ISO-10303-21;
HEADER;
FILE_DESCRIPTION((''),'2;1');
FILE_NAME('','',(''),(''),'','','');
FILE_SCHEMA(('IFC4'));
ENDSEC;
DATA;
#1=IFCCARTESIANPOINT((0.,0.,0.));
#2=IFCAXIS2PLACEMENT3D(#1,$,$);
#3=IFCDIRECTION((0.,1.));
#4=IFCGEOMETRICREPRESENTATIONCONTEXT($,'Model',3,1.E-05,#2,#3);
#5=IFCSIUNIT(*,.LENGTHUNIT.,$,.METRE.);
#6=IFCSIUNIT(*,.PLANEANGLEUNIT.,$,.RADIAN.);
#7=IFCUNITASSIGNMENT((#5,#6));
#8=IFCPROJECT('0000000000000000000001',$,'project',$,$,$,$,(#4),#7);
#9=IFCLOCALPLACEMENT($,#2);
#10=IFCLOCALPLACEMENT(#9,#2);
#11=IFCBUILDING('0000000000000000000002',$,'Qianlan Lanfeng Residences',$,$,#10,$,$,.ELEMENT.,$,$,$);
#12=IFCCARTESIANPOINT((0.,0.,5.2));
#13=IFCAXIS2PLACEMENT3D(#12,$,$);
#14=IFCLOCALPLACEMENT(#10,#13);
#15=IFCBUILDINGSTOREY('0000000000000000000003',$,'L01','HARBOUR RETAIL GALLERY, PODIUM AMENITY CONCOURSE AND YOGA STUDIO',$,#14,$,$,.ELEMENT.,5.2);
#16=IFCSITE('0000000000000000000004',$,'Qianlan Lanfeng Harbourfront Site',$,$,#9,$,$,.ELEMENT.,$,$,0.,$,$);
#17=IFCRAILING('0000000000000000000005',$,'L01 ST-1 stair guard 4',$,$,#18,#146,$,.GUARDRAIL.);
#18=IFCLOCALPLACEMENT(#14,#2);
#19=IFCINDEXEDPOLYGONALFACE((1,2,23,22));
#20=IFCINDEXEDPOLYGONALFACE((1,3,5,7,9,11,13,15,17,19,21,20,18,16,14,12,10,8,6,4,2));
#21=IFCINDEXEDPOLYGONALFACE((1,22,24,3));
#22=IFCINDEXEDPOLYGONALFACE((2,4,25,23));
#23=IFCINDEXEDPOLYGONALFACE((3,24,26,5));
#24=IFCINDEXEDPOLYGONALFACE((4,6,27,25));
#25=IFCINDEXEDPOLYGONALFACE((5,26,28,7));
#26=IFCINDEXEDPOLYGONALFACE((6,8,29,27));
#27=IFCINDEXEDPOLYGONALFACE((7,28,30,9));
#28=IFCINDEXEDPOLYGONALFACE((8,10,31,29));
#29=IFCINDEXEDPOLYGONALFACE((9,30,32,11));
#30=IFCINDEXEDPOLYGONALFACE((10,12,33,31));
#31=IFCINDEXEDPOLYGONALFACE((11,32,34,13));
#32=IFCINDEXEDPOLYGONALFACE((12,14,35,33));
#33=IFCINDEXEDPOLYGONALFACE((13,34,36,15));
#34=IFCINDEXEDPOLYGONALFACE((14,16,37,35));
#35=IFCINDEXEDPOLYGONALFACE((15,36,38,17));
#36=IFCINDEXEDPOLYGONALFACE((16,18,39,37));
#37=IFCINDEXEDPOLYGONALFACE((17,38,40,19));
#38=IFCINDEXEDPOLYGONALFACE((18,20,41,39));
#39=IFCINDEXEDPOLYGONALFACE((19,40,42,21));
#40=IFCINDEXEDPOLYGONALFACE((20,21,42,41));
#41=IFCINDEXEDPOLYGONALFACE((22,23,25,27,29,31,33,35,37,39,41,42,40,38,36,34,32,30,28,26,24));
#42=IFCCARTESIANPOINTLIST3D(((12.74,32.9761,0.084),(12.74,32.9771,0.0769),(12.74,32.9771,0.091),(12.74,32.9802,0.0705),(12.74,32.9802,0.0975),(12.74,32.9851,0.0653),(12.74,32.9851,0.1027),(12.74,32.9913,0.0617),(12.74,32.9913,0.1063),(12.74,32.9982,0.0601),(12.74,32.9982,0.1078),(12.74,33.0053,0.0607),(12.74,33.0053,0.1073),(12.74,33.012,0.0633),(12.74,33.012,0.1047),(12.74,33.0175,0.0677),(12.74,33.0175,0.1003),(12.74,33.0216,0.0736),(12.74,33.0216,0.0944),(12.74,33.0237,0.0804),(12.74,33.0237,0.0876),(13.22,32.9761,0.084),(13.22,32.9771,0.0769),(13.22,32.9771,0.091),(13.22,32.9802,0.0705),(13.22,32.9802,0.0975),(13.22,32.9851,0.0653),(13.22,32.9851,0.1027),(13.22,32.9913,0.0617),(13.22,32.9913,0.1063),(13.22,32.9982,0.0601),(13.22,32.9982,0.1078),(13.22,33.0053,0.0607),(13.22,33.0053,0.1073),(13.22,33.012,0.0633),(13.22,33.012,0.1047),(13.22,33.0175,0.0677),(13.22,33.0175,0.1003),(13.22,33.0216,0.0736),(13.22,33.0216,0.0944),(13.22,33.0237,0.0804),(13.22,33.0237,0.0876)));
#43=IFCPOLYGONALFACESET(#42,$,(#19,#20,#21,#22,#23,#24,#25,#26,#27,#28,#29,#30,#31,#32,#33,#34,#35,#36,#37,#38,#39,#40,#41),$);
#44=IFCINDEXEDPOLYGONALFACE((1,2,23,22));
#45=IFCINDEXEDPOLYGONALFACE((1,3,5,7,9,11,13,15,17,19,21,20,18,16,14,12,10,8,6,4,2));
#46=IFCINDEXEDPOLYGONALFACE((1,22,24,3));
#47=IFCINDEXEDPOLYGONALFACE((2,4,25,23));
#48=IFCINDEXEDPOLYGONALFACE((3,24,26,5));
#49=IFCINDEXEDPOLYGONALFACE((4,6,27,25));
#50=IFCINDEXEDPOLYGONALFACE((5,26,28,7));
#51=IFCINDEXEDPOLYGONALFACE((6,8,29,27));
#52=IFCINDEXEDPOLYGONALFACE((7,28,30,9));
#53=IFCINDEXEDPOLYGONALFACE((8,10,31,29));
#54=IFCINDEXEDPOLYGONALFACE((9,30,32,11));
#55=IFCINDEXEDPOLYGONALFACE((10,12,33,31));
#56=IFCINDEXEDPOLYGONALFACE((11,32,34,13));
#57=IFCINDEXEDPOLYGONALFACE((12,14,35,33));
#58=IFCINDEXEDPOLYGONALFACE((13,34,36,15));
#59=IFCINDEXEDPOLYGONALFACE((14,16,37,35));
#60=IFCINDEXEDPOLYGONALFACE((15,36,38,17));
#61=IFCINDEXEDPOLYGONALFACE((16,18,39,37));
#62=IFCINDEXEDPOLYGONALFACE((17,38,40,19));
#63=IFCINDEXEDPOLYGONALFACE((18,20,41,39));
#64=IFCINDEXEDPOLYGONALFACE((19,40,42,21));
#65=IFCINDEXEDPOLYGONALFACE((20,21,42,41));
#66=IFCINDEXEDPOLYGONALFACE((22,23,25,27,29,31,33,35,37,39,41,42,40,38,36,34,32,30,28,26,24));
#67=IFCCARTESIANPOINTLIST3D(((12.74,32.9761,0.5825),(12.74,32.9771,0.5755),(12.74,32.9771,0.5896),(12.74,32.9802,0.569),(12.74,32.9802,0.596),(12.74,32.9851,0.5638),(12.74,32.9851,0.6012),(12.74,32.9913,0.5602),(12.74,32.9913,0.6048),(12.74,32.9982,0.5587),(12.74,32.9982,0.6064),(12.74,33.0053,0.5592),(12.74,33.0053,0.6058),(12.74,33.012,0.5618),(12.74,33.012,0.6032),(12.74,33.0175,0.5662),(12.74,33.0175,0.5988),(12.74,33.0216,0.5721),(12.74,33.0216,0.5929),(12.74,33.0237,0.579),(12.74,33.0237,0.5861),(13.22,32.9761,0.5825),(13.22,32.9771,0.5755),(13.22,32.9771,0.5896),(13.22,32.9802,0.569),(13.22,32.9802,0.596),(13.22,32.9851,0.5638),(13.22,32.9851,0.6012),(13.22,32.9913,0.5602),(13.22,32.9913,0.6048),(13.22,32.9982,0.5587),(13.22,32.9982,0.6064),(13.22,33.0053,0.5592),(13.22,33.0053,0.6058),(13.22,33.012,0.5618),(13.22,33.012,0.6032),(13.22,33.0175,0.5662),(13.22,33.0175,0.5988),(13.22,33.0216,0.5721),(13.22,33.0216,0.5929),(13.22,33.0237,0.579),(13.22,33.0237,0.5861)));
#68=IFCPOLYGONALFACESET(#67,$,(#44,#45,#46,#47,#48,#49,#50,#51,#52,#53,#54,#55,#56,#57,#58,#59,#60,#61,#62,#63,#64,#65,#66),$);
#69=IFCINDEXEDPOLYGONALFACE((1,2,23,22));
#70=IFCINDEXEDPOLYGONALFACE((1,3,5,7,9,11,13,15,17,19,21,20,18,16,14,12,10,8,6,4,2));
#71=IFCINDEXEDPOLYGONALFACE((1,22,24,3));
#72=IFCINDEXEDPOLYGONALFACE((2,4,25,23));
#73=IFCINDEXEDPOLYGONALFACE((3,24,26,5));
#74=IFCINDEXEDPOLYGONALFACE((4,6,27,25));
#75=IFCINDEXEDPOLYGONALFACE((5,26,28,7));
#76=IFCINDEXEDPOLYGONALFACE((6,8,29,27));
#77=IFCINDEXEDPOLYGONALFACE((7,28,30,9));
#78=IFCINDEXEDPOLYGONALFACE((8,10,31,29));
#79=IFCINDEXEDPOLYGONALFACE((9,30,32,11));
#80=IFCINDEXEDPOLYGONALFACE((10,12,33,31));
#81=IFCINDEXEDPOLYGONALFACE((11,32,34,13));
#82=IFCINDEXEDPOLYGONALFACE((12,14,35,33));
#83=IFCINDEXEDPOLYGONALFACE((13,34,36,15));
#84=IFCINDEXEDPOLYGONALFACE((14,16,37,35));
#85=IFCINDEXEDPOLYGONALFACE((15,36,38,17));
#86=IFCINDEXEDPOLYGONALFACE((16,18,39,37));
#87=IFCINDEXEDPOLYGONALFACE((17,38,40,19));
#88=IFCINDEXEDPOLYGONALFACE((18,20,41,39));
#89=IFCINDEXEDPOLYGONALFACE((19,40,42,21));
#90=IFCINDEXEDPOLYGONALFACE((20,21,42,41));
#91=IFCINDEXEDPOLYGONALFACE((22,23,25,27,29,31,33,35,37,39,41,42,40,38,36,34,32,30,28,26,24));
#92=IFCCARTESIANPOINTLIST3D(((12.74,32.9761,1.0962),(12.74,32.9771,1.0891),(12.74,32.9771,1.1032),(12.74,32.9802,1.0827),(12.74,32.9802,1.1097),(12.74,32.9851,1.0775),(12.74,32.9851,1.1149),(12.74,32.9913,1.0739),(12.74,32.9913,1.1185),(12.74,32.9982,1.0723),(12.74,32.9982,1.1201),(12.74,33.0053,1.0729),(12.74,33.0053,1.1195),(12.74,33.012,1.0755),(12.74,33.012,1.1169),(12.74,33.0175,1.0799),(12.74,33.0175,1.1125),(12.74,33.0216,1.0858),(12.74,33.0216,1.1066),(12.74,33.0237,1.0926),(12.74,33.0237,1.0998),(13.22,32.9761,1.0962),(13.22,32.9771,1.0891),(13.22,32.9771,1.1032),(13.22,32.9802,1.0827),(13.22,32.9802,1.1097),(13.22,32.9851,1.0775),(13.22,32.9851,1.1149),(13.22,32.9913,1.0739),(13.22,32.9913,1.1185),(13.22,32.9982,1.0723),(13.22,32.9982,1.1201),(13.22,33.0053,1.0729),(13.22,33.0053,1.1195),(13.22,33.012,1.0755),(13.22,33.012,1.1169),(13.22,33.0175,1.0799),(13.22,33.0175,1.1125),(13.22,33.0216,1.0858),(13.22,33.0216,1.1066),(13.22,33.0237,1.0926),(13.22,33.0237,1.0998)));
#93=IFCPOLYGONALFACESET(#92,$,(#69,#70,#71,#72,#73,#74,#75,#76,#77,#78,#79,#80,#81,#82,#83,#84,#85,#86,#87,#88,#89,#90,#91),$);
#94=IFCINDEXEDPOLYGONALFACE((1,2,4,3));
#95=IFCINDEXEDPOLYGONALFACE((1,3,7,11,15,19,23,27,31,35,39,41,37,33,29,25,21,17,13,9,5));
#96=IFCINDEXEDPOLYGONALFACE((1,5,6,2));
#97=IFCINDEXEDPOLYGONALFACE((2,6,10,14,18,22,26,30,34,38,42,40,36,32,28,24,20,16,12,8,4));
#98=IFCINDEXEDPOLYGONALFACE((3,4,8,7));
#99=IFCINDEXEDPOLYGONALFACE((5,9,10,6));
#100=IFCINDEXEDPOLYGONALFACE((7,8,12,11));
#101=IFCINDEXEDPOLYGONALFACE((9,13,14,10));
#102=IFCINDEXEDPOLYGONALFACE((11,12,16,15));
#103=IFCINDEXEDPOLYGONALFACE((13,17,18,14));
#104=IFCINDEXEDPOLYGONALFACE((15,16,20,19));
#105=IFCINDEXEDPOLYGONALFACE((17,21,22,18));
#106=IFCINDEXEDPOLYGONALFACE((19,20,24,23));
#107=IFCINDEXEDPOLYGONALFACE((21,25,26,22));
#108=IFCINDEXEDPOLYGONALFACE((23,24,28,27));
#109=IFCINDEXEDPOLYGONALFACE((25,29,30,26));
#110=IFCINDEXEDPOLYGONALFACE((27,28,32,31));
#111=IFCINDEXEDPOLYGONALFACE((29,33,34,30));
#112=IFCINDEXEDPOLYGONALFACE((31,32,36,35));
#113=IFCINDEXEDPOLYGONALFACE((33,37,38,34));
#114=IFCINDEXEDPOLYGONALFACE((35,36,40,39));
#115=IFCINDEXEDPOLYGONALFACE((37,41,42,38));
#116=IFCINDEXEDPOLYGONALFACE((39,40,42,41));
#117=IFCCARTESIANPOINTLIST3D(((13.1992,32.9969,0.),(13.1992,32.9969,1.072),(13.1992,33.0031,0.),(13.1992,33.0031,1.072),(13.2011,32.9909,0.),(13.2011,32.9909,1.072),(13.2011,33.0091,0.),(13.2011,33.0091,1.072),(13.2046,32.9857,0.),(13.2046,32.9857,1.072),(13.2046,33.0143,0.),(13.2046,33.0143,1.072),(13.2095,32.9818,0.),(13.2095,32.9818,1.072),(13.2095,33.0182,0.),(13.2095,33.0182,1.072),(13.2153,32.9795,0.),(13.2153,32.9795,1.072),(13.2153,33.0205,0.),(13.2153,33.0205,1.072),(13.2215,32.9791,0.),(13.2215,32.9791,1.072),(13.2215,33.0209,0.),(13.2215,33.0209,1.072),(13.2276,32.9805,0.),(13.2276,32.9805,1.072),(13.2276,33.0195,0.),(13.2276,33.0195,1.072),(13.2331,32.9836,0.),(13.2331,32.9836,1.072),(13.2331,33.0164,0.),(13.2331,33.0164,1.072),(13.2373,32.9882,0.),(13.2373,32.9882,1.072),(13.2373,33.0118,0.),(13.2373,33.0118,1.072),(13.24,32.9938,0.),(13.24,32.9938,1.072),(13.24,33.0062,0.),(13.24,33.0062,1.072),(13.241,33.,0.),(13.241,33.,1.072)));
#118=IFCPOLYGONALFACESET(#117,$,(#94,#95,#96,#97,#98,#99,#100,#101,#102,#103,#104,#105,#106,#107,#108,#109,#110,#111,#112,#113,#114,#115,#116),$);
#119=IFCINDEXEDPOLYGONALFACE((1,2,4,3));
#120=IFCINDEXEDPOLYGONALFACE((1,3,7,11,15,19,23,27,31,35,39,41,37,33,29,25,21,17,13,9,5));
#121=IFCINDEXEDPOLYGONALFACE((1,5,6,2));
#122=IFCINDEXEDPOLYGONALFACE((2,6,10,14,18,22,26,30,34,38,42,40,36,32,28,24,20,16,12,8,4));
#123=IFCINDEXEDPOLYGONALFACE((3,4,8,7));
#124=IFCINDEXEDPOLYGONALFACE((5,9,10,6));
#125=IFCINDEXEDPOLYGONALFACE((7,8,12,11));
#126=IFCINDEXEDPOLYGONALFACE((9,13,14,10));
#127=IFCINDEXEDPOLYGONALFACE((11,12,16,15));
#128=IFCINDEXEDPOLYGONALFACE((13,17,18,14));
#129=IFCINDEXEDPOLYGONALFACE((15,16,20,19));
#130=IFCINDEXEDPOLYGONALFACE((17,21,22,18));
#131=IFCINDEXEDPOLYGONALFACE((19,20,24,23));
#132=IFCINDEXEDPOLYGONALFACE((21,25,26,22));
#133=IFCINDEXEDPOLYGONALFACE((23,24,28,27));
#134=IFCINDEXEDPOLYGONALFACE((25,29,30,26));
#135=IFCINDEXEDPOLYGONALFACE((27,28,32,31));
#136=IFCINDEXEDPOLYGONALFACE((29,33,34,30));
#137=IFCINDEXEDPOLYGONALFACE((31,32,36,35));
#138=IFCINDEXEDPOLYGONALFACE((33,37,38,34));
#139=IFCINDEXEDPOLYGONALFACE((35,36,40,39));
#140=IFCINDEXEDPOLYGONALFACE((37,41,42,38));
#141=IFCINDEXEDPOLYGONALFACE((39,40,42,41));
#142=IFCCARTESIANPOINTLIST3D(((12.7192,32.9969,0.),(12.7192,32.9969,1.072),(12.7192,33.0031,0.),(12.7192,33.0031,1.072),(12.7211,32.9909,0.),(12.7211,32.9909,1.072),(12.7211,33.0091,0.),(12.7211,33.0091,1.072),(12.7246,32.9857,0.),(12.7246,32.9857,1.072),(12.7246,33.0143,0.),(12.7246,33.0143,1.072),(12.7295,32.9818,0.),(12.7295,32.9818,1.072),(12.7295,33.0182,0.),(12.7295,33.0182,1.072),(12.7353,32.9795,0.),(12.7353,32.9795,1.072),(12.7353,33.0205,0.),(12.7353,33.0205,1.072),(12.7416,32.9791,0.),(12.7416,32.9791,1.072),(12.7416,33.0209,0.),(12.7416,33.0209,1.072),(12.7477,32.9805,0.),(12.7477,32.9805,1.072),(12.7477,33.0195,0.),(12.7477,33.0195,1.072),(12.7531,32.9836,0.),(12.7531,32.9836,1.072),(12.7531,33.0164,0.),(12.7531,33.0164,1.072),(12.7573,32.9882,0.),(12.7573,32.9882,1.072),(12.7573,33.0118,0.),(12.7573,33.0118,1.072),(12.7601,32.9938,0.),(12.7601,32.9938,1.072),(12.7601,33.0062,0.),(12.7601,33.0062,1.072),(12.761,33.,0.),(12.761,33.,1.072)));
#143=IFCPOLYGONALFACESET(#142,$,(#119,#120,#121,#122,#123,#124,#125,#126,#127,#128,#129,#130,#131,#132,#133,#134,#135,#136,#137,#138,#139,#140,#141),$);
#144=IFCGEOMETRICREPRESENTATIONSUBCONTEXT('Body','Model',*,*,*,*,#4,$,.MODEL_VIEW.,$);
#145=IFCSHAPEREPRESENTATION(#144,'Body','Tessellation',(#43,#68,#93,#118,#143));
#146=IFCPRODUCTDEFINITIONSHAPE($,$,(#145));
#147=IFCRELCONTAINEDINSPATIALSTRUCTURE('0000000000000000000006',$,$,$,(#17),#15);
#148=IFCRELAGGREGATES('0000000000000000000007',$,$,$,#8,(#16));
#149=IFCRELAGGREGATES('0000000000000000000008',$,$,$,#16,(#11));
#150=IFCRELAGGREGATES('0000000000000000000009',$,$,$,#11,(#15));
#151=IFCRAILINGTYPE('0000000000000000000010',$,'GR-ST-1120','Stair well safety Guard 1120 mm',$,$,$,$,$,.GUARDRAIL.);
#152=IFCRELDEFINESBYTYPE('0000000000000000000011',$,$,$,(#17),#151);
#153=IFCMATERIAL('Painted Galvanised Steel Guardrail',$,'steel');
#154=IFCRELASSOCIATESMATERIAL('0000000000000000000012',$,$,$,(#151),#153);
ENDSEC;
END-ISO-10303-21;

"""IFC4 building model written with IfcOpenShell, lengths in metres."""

from ifc_helpers import new_model, si_unit, direction, frame, origin, origin_2d, place, context, subcontext, project, spatial, circle, extrude, material, type_object, element, save


model = new_model("IFC4")

# Units and contexts
model_context = context("Model", 3, precision=1e-05, world=origin(), true_north=direction((0.0, 1.0)))
body_context = subcontext(model_context, "Body", "Model", "MODEL_VIEW")
ifc_project = project(units=[si_unit("LENGTHUNIT", "METRE"), si_unit("PLANEANGLEUNIT", "RADIAN")], contexts=[model_context])

# Site, building, storey
site_placement = place(None, origin())
site = spatial("IfcSite", under=ifc_project, at=site_placement, Name="Qianlan Lanfeng Harbourfront Site", CompositionType="ELEMENT", RefElevation=0.0)
building_placement = place(site_placement, origin())
building = spatial("IfcBuilding", under=site, at=building_placement, Name="Qianlan Lanfeng Residences", CompositionType="ELEMENT")
storey_placement = place(building_placement, frame((0.0, 0.0, 5.2)))
storey = spatial("IfcBuildingStorey", under=building, at=storey_placement, Name="L01", Description="HARBOUR RETAIL GALLERY, PODIUM AMENITY CONCOURSE AND YOGA STUDIO", CompositionType="ELEMENT", Elevation=5.2)

# Railing
ifc_material_1 = material(Name="Painted Galvanised Steel Guardrail", Category="steel")
railing_type_1 = type_object("IfcRailingType", Name="GR-ST-1120", Description="Stair well safety Guard 1120 mm", PredefinedType="GUARDRAIL", material=ifc_material_1)
railing_1_placement = place(storey_placement, frame((13.22, 33.0, 0.0)))
element("IfcRailing", 1, at=railing_1_placement, inside=storey, type_object=railing_type_1, Name="L01 ST-1 stair guard 4", PredefinedType="GUARDRAIL", context=body_context, shape_type="SweptSolid", body=[
    extrude(circle(Radius=0.0239, at=origin_2d()), frame((0.0, 0.0, 0.084), z_axis=(-1.0, 0.0, 0.0), x_axis=(0.0, -1.0, 0.0)), (0.0, 0.0, 1.0), 0.48),
    extrude(circle(Radius=0.0239, at=origin_2d()), frame((0.0, 0.0, 0.5825), z_axis=(-1.0, 0.0, 0.0), x_axis=(0.0, -1.0, 0.0)), (0.0, 0.0, 1.0), 0.48),
    extrude(circle(Radius=0.0239, at=origin_2d()), frame((0.0, 0.0, 1.0962), z_axis=(-1.0, 0.0, 0.0), x_axis=(0.0, -1.0, 0.0)), (0.0, 0.0, 1.0), 0.48),
    extrude(circle(Radius=0.021, at=origin_2d()), origin(), (0.0, 0.0, 1.0), 1.072),
    extrude(circle(Radius=0.021, at=origin_2d()), frame((-0.48, 0.0, 0.0)), (0.0, 0.0, 1.0), 1.072),
])

save(model, "model.ifc")
